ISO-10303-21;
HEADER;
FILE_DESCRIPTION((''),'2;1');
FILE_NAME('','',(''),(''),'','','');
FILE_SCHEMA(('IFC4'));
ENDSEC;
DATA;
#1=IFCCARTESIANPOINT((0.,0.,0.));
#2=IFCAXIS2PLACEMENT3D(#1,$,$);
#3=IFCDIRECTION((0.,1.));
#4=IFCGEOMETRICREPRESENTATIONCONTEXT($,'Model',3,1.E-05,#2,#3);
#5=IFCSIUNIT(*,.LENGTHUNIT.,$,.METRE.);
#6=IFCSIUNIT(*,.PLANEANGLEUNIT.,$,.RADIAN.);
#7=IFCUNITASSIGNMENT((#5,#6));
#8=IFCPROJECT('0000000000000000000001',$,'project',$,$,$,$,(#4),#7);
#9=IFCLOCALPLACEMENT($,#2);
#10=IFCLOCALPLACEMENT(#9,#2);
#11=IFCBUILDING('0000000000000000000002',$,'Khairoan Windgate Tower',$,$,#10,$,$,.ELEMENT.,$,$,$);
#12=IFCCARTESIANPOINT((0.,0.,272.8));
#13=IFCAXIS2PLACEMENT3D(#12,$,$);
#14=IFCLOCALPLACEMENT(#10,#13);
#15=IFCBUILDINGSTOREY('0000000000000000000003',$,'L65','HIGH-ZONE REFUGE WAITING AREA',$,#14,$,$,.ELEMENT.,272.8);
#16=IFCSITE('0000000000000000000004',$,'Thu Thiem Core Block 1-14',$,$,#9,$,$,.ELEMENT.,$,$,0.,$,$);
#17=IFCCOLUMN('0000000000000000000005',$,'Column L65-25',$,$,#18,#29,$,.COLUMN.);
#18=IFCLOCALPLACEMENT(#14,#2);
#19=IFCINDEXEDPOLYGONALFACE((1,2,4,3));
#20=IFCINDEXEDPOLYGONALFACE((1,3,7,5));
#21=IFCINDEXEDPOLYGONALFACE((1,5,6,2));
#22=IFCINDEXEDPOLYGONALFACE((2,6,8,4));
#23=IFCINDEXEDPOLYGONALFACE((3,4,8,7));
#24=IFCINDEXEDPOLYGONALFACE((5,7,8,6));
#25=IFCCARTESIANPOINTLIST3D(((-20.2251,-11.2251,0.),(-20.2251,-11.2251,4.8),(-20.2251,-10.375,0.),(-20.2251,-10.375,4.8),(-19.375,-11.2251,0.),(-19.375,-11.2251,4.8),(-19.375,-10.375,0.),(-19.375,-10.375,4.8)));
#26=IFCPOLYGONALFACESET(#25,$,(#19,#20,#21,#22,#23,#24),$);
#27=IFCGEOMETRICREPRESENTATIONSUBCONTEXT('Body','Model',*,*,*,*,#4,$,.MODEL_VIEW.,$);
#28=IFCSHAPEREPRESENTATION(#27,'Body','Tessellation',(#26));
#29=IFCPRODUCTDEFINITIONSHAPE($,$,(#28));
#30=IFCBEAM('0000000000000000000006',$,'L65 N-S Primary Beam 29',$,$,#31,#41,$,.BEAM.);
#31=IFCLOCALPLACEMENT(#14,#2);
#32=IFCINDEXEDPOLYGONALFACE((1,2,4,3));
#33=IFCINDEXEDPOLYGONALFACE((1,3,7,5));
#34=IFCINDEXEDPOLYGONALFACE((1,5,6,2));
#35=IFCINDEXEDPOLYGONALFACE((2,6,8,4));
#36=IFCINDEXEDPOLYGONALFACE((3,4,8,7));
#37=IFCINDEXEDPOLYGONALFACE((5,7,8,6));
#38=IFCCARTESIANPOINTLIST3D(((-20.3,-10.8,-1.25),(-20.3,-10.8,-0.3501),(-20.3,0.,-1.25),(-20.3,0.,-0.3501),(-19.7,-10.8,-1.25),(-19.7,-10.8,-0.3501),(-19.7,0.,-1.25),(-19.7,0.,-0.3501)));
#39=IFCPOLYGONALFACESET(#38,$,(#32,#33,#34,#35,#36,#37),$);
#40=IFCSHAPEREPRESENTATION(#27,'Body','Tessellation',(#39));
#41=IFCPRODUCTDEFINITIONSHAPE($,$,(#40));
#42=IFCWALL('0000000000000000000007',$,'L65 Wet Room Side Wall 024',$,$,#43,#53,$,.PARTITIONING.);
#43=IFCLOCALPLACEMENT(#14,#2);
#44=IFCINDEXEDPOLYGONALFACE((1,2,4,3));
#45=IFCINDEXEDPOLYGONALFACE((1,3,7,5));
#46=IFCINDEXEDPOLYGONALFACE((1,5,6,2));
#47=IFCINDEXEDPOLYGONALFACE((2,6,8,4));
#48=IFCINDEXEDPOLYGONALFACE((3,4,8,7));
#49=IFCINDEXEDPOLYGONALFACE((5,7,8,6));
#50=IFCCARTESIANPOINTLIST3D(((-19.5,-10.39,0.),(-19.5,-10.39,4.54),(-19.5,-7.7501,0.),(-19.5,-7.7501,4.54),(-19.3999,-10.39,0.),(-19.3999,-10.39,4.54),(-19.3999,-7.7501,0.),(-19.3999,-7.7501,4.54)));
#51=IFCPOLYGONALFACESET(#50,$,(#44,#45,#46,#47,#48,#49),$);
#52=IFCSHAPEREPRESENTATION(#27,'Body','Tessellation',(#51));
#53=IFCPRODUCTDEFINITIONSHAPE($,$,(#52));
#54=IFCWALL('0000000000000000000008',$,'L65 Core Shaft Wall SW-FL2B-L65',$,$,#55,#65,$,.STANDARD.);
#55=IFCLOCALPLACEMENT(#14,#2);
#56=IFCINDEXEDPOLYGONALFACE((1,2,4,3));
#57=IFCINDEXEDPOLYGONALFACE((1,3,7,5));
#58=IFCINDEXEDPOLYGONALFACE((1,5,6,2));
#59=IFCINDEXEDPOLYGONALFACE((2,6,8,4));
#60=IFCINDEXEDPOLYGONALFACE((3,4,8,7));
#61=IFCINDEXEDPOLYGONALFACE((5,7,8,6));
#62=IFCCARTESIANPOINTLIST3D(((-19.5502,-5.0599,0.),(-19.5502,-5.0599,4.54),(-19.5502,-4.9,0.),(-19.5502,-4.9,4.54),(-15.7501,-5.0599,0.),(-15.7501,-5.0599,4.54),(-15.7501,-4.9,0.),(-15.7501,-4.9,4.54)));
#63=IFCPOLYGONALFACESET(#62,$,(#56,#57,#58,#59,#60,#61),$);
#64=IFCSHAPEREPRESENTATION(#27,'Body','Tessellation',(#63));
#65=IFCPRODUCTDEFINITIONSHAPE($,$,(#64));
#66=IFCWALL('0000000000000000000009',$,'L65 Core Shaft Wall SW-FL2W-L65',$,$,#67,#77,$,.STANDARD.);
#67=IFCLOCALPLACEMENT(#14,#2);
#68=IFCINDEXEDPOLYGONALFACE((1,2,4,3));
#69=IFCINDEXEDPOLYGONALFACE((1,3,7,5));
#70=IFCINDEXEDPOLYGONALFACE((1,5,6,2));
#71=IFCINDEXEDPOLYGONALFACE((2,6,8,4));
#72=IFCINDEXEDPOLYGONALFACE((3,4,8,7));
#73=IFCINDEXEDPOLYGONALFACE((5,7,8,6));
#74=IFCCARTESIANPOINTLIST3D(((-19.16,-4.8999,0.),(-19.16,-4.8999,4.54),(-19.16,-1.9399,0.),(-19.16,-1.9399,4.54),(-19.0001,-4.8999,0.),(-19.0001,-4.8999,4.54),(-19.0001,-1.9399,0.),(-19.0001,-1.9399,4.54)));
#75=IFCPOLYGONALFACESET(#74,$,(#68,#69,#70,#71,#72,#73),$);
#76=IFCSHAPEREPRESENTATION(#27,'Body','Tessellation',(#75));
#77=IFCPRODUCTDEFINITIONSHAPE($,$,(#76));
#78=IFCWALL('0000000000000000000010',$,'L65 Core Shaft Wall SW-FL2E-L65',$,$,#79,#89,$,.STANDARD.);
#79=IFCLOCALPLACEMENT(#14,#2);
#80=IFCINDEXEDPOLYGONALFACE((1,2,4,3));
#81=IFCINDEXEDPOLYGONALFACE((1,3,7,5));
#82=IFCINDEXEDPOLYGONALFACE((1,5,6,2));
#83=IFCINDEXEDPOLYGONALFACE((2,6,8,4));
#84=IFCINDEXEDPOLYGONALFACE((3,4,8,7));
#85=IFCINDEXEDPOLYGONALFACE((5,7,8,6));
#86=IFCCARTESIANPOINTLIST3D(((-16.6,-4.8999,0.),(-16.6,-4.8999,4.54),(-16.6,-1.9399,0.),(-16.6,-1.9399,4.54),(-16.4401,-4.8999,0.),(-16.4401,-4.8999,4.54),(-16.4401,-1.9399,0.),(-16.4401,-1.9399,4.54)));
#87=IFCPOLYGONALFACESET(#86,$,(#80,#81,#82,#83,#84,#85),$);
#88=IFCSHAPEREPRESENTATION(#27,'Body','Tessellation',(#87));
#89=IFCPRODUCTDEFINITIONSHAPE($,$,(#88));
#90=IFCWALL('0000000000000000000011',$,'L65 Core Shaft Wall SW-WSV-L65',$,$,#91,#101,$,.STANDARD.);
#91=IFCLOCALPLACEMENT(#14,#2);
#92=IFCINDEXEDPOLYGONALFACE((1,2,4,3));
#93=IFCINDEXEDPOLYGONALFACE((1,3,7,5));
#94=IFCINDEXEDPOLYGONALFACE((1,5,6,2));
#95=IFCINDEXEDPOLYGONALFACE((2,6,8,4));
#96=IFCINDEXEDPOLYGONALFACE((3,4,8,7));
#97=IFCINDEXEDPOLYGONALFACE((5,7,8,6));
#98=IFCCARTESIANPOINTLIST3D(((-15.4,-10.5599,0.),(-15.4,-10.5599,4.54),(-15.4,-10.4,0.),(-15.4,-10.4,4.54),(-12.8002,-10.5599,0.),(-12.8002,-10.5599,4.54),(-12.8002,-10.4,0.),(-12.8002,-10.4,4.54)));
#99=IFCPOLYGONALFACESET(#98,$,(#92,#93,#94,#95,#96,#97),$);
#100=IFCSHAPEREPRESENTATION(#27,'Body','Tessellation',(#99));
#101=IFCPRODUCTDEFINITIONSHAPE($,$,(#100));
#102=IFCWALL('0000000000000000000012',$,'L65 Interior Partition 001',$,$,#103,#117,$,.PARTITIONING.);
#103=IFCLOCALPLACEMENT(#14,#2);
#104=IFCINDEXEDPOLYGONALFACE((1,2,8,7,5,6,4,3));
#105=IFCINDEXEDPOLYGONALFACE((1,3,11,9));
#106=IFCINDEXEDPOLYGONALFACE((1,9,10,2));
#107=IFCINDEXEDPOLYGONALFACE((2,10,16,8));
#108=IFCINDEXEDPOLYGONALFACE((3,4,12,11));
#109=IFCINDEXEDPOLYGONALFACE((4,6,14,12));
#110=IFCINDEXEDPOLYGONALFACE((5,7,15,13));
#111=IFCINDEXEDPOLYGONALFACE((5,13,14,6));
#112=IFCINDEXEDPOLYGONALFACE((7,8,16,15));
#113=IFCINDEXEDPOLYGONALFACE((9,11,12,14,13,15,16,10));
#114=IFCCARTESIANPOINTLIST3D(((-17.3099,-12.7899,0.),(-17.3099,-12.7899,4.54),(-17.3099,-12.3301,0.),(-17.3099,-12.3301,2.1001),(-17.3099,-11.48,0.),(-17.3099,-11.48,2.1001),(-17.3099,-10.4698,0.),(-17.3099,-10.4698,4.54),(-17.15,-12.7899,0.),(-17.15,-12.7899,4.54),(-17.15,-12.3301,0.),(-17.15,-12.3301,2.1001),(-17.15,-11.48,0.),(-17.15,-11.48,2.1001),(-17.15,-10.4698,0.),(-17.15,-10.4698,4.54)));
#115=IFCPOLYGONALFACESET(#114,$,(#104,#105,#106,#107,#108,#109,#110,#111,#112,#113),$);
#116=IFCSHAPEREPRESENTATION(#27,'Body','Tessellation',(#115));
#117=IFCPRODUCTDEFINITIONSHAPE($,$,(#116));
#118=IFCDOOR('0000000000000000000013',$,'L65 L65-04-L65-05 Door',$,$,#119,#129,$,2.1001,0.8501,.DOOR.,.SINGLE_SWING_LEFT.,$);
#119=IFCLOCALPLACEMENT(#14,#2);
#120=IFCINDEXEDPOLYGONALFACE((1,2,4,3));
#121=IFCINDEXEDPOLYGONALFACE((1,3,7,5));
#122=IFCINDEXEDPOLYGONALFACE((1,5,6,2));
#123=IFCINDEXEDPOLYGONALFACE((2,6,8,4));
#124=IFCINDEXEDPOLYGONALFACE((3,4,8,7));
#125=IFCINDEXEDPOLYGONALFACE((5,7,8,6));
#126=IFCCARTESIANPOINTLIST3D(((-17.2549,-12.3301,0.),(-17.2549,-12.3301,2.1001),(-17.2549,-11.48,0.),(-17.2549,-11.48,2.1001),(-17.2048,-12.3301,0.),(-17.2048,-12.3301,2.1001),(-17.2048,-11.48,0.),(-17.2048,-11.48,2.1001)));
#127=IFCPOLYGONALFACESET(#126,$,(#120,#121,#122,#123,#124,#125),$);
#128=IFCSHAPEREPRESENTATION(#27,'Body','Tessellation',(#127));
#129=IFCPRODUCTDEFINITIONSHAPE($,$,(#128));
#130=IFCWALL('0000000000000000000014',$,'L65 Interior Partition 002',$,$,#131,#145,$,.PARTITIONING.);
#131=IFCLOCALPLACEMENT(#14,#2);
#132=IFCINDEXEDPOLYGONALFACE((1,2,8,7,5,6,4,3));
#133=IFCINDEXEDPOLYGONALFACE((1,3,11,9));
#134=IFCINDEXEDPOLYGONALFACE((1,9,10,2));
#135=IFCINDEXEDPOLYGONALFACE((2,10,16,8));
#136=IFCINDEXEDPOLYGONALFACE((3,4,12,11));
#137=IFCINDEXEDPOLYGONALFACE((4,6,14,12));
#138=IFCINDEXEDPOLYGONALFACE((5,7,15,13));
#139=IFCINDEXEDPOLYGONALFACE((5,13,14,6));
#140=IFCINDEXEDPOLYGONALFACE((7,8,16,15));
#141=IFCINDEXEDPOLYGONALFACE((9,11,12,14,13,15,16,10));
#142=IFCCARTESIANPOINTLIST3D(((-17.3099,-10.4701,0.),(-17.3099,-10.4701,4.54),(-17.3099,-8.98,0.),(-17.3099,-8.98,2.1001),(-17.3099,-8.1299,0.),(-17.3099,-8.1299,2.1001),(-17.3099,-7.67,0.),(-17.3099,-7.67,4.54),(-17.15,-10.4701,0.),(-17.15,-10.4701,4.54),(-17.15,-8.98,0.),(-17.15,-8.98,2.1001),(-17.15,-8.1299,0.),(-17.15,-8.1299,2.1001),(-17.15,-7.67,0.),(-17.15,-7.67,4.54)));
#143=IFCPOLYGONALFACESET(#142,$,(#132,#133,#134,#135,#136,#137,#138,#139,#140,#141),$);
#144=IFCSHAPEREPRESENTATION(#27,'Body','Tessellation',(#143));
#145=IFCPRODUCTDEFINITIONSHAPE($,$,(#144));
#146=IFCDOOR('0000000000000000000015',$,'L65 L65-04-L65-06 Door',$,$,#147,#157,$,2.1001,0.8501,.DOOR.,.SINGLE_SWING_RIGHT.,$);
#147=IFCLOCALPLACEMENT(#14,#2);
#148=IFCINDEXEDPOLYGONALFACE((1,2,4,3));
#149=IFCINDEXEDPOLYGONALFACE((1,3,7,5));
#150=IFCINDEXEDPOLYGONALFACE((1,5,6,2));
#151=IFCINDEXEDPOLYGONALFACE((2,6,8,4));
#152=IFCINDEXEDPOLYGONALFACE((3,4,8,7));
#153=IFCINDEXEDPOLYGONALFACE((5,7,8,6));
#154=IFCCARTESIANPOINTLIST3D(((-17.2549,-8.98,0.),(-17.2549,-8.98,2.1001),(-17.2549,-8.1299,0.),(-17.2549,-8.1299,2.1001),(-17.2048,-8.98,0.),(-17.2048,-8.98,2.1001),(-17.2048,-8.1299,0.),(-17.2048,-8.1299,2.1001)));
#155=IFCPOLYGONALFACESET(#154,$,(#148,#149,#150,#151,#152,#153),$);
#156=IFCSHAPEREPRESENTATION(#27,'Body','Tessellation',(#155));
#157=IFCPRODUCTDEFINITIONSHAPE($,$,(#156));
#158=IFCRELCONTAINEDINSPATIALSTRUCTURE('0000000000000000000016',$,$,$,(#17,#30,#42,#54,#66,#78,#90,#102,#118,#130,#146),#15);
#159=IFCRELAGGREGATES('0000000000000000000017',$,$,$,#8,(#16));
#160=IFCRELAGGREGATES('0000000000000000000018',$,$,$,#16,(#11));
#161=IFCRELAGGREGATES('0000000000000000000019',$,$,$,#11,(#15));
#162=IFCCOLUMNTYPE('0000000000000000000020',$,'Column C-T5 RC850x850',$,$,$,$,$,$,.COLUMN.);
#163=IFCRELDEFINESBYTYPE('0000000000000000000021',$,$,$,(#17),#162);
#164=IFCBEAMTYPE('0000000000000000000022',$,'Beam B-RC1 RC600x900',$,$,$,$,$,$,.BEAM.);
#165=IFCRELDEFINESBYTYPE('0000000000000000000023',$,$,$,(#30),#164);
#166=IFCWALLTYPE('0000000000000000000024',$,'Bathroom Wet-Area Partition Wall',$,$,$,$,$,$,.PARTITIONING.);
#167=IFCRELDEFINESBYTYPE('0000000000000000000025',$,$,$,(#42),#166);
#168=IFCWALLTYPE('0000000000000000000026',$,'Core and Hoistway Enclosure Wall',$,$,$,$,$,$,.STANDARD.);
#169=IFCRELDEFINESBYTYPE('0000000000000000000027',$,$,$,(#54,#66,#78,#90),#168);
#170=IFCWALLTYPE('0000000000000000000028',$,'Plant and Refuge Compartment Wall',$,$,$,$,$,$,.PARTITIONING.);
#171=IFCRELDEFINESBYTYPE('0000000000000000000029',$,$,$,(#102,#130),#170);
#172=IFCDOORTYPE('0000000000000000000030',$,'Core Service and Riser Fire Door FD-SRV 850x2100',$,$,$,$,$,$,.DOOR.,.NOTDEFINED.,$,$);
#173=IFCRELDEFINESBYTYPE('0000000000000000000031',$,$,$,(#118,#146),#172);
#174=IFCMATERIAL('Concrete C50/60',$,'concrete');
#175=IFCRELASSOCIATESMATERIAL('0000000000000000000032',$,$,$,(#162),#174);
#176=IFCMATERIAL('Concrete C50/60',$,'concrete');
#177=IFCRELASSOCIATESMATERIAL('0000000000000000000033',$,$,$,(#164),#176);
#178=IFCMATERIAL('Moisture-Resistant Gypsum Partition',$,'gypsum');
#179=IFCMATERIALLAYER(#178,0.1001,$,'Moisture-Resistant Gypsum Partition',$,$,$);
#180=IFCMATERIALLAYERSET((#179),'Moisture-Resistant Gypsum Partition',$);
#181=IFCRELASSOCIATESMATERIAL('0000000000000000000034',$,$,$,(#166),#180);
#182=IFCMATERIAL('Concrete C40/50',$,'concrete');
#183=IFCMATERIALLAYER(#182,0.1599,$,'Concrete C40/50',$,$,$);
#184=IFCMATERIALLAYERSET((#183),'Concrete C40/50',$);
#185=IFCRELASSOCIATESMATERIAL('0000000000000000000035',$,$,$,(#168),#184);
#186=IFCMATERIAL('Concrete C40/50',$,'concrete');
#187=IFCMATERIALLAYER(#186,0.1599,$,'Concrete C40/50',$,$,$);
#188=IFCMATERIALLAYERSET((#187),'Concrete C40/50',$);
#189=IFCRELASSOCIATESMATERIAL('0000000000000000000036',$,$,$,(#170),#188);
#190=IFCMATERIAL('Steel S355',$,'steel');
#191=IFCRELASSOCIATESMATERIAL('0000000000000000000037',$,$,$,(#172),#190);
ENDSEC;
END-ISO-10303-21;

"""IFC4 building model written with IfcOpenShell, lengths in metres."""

from ifc_helpers import new_model, si_unit, direction, frame, frame_2d, origin, origin_2d, place, context, subcontext, project, spatial, rectangle, extrude, material, layer, layer_set, material_profile, profile_set, type_object, element, fill, save


model = new_model("IFC4")

# Units and contexts
model_context = context("Model", 3, precision=1e-05, world=origin(), true_north=direction((0.0, 1.0)))
body_context = subcontext(model_context, "Body", "Model", "MODEL_VIEW")
ifc_project = project(units=[si_unit("LENGTHUNIT", "METRE"), si_unit("PLANEANGLEUNIT", "RADIAN")], contexts=[model_context])

# Site, building, storey
site_placement = place(None, origin())
site = spatial("IfcSite", under=ifc_project, at=site_placement, Name="Thu Thiem Core Block 1-14", CompositionType="ELEMENT", RefElevation=0.0)
building_placement = place(site_placement, origin())
building = spatial("IfcBuilding", under=site, at=building_placement, Name="Khairoan Windgate Tower", CompositionType="ELEMENT")
storey_placement = place(building_placement, frame((0.0, 0.0, 272.8)))
storey = spatial("IfcBuildingStorey", under=building, at=storey_placement, Name="L65", Description="HIGH-ZONE REFUGE WAITING AREA", CompositionType="ELEMENT", Elevation=272.8)

# Column
ifc_material_1 = material(Name="Concrete C50/60", Category="concrete")
ifc_material_profile_1 = material_profile(ifc_material_1, rectangle(XDim=0.8501, YDim=0.8501, at=origin_2d()))
ifc_profile_set_1 = profile_set([ifc_material_profile_1], Name="Concrete C50/60")
column_type = type_object("IfcColumnType", Name="Column C-T5 RC850x850", PredefinedType="COLUMN", material=ifc_profile_set_1)
column_placement = place(storey_placement, frame((-19.8, -10.8, 0.0), z_axis=(0.0, 0.0, 1.0), x_axis=(1.0, 0.0, 0.0)))
element("IfcColumn", 1, at=column_placement, inside=storey, type_object=column_type, Name="Column L65-25", PredefinedType="COLUMN", context=body_context, shape_type="SweptSolid", body=[
    extrude(rectangle(XDim=0.8501, YDim=0.8501, at=origin_2d()), origin(), (0.0, 0.0, 1.0), 4.8),
])

# Beam
ifc_material_2 = material(Name="Concrete C50/60", Category="concrete")
ifc_material_profile_2 = material_profile(ifc_material_2, rectangle(XDim=0.6001, YDim=0.8999, at=origin_2d()))
ifc_profile_set_2 = profile_set([ifc_material_profile_2], Name="Concrete C50/60")
beam_type = type_object("IfcBeamType", Name="Beam B-RC1 RC600x900", PredefinedType="BEAM", material=ifc_profile_set_2)
beam_placement = place(storey_placement, frame((-20.0, -10.8, -0.8), z_axis=(0.0, 1.0, 0.0), x_axis=(-1.0, 0.0, 0.0)))
element("IfcBeam", 2, at=beam_placement, inside=storey, type_object=beam_type, Name="L65 N-S Primary Beam 29", PredefinedType="BEAM", context=body_context, shape_type="SweptSolid", body=[
    extrude(rectangle(XDim=0.6001, YDim=0.8999, at=origin_2d()), origin(), (0.0, 0.0, 1.0), 10.8),
])

# Walls
ifc_material_3 = material(Name="Moisture-Resistant Gypsum Partition", Category="gypsum")
ifc_layer_1 = layer(ifc_material_3, 0.1001, Name="Moisture-Resistant Gypsum Partition")
ifc_layer_set_1 = layer_set([ifc_layer_1], Name="Moisture-Resistant Gypsum Partition")
wall_type_1 = type_object("IfcWallType", Name="Bathroom Wet-Area Partition Wall", PredefinedType="PARTITIONING", material=ifc_layer_set_1)
wall_1_placement = place(storey_placement, frame((-19.45, -10.3899, 0.0), z_axis=(0.0, 0.0, 1.0), x_axis=(0.0, 1.0, 0.0)))
element("IfcWall", 3, at=wall_1_placement, inside=storey, type_object=wall_type_1, Name="L65 Wet Room Side Wall 024", PredefinedType="PARTITIONING", context=body_context, shape_type="SweptSolid", body=[
    extrude(rectangle(XDim=2.6399, YDim=0.1001, at=frame_2d((1.3198, 0.0))), origin(), (0.0, 0.0, 1.0), 4.54),
])
ifc_material_4 = material(Name="Concrete C40/50", Category="concrete")
ifc_layer_2 = layer(ifc_material_4, 0.1599, Name="Concrete C40/50")
ifc_layer_set_2 = layer_set([ifc_layer_2], Name="Concrete C40/50")
wall_type_2 = type_object("IfcWallType", Name="Core and Hoistway Enclosure Wall", PredefinedType="STANDARD", material=ifc_layer_set_2)
wall_2_placement = place(storey_placement, frame((-19.55, -4.98, 0.0), z_axis=(0.0, 0.0, 1.0), x_axis=(1.0, 0.0, 0.0)))
element("IfcWall", 4, at=wall_2_placement, inside=storey, type_object=wall_type_2, Name="L65 Core Shaft Wall SW-FL2B-L65", PredefinedType="STANDARD", context=body_context, shape_type="SweptSolid", body=[
    extrude(rectangle(XDim=3.8, YDim=0.1599, at=frame_2d((1.8999, 0.0))), origin(), (0.0, 0.0, 1.0), 4.54),
])
for number, where, z_axis, x_axis, name in (
    (5, (-19.0801, -4.8999, 0.0), (0.0, 0.0, 1.0), (0.0, 1.0, 0.0), "L65 Core Shaft Wall SW-FL2W-L65"),
    (6, (-16.52, -4.8999, 0.0), (0.0, 0.0, 1.0), (0.0, 1.0, 0.0), "L65 Core Shaft Wall SW-FL2E-L65"),
):
    element("IfcWall", number, at=place(storey_placement, frame(where, z_axis=z_axis, x_axis=x_axis)), inside=storey, type_object=wall_type_2, Name=name, PredefinedType="STANDARD", context=body_context, shape_type="SweptSolid", body=[
        extrude(rectangle(XDim=2.96, YDim=0.1599, at=frame_2d((1.48, 0.0))), origin(), (0.0, 0.0, 1.0), 4.54),
    ])
wall_3_placement = place(storey_placement, frame((-15.3999, -10.48, 0.0), z_axis=(0.0, 0.0, 1.0), x_axis=(1.0, 0.0, 0.0)))
element("IfcWall", 7, at=wall_3_placement, inside=storey, type_object=wall_type_2, Name="L65 Core Shaft Wall SW-WSV-L65", PredefinedType="STANDARD", context=body_context, shape_type="SweptSolid", body=[
    extrude(rectangle(XDim=2.5999, YDim=0.1599, at=frame_2d((1.2998, 0.0))), origin(), (0.0, 0.0, 1.0), 4.54),
])

# Walls, openings, doors
ifc_material_5 = material(Name="Concrete C40/50", Category="concrete")
ifc_layer_3 = layer(ifc_material_5, 0.1599, Name="Concrete C40/50")
ifc_layer_set_3 = layer_set([ifc_layer_3], Name="Concrete C40/50")
wall_type_3 = type_object("IfcWallType", Name="Plant and Refuge Compartment Wall", PredefinedType="PARTITIONING", material=ifc_layer_set_3)
wall_4_placement = place(storey_placement, frame((-17.23, -12.79, 0.0), z_axis=(0.0, 0.0, 1.0), x_axis=(0.0, 1.0, 0.0)))
wall_4 = element("IfcWall", 8, at=wall_4_placement, inside=storey, type_object=wall_type_3, Name="L65 Interior Partition 001", PredefinedType="PARTITIONING", context=body_context, shape_type="SweptSolid", body=[
    extrude(rectangle(XDim=2.3201, YDim=0.1599, at=frame_2d((1.1602, 0.0))), origin(), (0.0, 0.0, 1.0), 4.54),
])
opening_1_placement = place(wall_4_placement, frame((0.46, 0.0, 0.0)))
opening_1 = element("IfcOpeningElement", 9, at=opening_1_placement, cuts=wall_4, PredefinedType="OPENING", context=body_context, shape_type="SweptSolid", body=[
    extrude(rectangle(XDim=0.8501, YDim=2.1001, at=frame_2d((0.425, 1.05))), frame((0.0, 0.0898, 0.0), z_axis=(0.0, -1.0, 0.0), x_axis=(1.0, 0.0, 0.0)), (0.0, 0.0, 1.0), 0.1799),
])
ifc_material_6 = material(Name="Steel S355", Category="steel")
door_type_1 = type_object("IfcDoorType", Name="Core Service and Riser Fire Door FD-SRV 850x2100", OperationType="NOTDEFINED", PredefinedType="DOOR", material=ifc_material_6)
door_1_placement = place(opening_1_placement, origin())
door_1 = element("IfcDoor", 10, at=door_1_placement, inside=storey, type_object=door_type_1, Name="L65 L65-04-L65-05 Door", OperationType="SINGLE_SWING_LEFT", OverallHeight=2.1001, OverallWidth=0.8501, PredefinedType="DOOR", context=body_context, shape_type="SweptSolid", body=[
    extrude(rectangle(XDim=0.8501, YDim=2.1001, at=frame_2d((0.425, 1.05))), frame((0.0, 0.0249, 0.0), z_axis=(0.0, -1.0, 0.0), x_axis=(1.0, 0.0, 0.0)), (0.0, 0.0, 1.0), 0.05),
])
fill(opening_1, door_1)
wall_5_placement = place(storey_placement, frame((-17.23, -10.47, 0.0), z_axis=(0.0, 0.0, 1.0), x_axis=(0.0, 1.0, 0.0)))
wall_5 = element("IfcWall", 11, at=wall_5_placement, inside=storey, type_object=wall_type_3, Name="L65 Interior Partition 002", PredefinedType="PARTITIONING", context=body_context, shape_type="SweptSolid", body=[
    extrude(rectangle(XDim=2.8, YDim=0.1599, at=frame_2d((1.3999, 0.0))), origin(), (0.0, 0.0, 1.0), 4.54),
])
opening_2_placement = place(wall_5_placement, frame((1.49, 0.0, 0.0)))
opening_2 = element("IfcOpeningElement", 12, at=opening_2_placement, cuts=wall_5, PredefinedType="OPENING", context=body_context, shape_type="SweptSolid", body=[
    extrude(rectangle(XDim=0.8501, YDim=2.1001, at=frame_2d((0.425, 1.05))), frame((0.0, 0.0898, 0.0), z_axis=(0.0, -1.0, 0.0), x_axis=(1.0, 0.0, 0.0)), (0.0, 0.0, 1.0), 0.1799),
])
door_2_placement = place(opening_2_placement, origin())
door_2 = element("IfcDoor", 13, at=door_2_placement, inside=storey, type_object=door_type_1, Name="L65 L65-04-L65-06 Door", OperationType="SINGLE_SWING_RIGHT", OverallHeight=2.1001, OverallWidth=0.8501, PredefinedType="DOOR", context=body_context, shape_type="SweptSolid", body=[
    extrude(rectangle(XDim=0.8501, YDim=2.1001, at=frame_2d((0.425, 1.05))), frame((0.0, 0.0249, 0.0), z_axis=(0.0, -1.0, 0.0), x_axis=(1.0, 0.0, 0.0)), (0.0, 0.0, 1.0), 0.05),
])
fill(opening_2, door_2)

save(model, "model.ifc")
